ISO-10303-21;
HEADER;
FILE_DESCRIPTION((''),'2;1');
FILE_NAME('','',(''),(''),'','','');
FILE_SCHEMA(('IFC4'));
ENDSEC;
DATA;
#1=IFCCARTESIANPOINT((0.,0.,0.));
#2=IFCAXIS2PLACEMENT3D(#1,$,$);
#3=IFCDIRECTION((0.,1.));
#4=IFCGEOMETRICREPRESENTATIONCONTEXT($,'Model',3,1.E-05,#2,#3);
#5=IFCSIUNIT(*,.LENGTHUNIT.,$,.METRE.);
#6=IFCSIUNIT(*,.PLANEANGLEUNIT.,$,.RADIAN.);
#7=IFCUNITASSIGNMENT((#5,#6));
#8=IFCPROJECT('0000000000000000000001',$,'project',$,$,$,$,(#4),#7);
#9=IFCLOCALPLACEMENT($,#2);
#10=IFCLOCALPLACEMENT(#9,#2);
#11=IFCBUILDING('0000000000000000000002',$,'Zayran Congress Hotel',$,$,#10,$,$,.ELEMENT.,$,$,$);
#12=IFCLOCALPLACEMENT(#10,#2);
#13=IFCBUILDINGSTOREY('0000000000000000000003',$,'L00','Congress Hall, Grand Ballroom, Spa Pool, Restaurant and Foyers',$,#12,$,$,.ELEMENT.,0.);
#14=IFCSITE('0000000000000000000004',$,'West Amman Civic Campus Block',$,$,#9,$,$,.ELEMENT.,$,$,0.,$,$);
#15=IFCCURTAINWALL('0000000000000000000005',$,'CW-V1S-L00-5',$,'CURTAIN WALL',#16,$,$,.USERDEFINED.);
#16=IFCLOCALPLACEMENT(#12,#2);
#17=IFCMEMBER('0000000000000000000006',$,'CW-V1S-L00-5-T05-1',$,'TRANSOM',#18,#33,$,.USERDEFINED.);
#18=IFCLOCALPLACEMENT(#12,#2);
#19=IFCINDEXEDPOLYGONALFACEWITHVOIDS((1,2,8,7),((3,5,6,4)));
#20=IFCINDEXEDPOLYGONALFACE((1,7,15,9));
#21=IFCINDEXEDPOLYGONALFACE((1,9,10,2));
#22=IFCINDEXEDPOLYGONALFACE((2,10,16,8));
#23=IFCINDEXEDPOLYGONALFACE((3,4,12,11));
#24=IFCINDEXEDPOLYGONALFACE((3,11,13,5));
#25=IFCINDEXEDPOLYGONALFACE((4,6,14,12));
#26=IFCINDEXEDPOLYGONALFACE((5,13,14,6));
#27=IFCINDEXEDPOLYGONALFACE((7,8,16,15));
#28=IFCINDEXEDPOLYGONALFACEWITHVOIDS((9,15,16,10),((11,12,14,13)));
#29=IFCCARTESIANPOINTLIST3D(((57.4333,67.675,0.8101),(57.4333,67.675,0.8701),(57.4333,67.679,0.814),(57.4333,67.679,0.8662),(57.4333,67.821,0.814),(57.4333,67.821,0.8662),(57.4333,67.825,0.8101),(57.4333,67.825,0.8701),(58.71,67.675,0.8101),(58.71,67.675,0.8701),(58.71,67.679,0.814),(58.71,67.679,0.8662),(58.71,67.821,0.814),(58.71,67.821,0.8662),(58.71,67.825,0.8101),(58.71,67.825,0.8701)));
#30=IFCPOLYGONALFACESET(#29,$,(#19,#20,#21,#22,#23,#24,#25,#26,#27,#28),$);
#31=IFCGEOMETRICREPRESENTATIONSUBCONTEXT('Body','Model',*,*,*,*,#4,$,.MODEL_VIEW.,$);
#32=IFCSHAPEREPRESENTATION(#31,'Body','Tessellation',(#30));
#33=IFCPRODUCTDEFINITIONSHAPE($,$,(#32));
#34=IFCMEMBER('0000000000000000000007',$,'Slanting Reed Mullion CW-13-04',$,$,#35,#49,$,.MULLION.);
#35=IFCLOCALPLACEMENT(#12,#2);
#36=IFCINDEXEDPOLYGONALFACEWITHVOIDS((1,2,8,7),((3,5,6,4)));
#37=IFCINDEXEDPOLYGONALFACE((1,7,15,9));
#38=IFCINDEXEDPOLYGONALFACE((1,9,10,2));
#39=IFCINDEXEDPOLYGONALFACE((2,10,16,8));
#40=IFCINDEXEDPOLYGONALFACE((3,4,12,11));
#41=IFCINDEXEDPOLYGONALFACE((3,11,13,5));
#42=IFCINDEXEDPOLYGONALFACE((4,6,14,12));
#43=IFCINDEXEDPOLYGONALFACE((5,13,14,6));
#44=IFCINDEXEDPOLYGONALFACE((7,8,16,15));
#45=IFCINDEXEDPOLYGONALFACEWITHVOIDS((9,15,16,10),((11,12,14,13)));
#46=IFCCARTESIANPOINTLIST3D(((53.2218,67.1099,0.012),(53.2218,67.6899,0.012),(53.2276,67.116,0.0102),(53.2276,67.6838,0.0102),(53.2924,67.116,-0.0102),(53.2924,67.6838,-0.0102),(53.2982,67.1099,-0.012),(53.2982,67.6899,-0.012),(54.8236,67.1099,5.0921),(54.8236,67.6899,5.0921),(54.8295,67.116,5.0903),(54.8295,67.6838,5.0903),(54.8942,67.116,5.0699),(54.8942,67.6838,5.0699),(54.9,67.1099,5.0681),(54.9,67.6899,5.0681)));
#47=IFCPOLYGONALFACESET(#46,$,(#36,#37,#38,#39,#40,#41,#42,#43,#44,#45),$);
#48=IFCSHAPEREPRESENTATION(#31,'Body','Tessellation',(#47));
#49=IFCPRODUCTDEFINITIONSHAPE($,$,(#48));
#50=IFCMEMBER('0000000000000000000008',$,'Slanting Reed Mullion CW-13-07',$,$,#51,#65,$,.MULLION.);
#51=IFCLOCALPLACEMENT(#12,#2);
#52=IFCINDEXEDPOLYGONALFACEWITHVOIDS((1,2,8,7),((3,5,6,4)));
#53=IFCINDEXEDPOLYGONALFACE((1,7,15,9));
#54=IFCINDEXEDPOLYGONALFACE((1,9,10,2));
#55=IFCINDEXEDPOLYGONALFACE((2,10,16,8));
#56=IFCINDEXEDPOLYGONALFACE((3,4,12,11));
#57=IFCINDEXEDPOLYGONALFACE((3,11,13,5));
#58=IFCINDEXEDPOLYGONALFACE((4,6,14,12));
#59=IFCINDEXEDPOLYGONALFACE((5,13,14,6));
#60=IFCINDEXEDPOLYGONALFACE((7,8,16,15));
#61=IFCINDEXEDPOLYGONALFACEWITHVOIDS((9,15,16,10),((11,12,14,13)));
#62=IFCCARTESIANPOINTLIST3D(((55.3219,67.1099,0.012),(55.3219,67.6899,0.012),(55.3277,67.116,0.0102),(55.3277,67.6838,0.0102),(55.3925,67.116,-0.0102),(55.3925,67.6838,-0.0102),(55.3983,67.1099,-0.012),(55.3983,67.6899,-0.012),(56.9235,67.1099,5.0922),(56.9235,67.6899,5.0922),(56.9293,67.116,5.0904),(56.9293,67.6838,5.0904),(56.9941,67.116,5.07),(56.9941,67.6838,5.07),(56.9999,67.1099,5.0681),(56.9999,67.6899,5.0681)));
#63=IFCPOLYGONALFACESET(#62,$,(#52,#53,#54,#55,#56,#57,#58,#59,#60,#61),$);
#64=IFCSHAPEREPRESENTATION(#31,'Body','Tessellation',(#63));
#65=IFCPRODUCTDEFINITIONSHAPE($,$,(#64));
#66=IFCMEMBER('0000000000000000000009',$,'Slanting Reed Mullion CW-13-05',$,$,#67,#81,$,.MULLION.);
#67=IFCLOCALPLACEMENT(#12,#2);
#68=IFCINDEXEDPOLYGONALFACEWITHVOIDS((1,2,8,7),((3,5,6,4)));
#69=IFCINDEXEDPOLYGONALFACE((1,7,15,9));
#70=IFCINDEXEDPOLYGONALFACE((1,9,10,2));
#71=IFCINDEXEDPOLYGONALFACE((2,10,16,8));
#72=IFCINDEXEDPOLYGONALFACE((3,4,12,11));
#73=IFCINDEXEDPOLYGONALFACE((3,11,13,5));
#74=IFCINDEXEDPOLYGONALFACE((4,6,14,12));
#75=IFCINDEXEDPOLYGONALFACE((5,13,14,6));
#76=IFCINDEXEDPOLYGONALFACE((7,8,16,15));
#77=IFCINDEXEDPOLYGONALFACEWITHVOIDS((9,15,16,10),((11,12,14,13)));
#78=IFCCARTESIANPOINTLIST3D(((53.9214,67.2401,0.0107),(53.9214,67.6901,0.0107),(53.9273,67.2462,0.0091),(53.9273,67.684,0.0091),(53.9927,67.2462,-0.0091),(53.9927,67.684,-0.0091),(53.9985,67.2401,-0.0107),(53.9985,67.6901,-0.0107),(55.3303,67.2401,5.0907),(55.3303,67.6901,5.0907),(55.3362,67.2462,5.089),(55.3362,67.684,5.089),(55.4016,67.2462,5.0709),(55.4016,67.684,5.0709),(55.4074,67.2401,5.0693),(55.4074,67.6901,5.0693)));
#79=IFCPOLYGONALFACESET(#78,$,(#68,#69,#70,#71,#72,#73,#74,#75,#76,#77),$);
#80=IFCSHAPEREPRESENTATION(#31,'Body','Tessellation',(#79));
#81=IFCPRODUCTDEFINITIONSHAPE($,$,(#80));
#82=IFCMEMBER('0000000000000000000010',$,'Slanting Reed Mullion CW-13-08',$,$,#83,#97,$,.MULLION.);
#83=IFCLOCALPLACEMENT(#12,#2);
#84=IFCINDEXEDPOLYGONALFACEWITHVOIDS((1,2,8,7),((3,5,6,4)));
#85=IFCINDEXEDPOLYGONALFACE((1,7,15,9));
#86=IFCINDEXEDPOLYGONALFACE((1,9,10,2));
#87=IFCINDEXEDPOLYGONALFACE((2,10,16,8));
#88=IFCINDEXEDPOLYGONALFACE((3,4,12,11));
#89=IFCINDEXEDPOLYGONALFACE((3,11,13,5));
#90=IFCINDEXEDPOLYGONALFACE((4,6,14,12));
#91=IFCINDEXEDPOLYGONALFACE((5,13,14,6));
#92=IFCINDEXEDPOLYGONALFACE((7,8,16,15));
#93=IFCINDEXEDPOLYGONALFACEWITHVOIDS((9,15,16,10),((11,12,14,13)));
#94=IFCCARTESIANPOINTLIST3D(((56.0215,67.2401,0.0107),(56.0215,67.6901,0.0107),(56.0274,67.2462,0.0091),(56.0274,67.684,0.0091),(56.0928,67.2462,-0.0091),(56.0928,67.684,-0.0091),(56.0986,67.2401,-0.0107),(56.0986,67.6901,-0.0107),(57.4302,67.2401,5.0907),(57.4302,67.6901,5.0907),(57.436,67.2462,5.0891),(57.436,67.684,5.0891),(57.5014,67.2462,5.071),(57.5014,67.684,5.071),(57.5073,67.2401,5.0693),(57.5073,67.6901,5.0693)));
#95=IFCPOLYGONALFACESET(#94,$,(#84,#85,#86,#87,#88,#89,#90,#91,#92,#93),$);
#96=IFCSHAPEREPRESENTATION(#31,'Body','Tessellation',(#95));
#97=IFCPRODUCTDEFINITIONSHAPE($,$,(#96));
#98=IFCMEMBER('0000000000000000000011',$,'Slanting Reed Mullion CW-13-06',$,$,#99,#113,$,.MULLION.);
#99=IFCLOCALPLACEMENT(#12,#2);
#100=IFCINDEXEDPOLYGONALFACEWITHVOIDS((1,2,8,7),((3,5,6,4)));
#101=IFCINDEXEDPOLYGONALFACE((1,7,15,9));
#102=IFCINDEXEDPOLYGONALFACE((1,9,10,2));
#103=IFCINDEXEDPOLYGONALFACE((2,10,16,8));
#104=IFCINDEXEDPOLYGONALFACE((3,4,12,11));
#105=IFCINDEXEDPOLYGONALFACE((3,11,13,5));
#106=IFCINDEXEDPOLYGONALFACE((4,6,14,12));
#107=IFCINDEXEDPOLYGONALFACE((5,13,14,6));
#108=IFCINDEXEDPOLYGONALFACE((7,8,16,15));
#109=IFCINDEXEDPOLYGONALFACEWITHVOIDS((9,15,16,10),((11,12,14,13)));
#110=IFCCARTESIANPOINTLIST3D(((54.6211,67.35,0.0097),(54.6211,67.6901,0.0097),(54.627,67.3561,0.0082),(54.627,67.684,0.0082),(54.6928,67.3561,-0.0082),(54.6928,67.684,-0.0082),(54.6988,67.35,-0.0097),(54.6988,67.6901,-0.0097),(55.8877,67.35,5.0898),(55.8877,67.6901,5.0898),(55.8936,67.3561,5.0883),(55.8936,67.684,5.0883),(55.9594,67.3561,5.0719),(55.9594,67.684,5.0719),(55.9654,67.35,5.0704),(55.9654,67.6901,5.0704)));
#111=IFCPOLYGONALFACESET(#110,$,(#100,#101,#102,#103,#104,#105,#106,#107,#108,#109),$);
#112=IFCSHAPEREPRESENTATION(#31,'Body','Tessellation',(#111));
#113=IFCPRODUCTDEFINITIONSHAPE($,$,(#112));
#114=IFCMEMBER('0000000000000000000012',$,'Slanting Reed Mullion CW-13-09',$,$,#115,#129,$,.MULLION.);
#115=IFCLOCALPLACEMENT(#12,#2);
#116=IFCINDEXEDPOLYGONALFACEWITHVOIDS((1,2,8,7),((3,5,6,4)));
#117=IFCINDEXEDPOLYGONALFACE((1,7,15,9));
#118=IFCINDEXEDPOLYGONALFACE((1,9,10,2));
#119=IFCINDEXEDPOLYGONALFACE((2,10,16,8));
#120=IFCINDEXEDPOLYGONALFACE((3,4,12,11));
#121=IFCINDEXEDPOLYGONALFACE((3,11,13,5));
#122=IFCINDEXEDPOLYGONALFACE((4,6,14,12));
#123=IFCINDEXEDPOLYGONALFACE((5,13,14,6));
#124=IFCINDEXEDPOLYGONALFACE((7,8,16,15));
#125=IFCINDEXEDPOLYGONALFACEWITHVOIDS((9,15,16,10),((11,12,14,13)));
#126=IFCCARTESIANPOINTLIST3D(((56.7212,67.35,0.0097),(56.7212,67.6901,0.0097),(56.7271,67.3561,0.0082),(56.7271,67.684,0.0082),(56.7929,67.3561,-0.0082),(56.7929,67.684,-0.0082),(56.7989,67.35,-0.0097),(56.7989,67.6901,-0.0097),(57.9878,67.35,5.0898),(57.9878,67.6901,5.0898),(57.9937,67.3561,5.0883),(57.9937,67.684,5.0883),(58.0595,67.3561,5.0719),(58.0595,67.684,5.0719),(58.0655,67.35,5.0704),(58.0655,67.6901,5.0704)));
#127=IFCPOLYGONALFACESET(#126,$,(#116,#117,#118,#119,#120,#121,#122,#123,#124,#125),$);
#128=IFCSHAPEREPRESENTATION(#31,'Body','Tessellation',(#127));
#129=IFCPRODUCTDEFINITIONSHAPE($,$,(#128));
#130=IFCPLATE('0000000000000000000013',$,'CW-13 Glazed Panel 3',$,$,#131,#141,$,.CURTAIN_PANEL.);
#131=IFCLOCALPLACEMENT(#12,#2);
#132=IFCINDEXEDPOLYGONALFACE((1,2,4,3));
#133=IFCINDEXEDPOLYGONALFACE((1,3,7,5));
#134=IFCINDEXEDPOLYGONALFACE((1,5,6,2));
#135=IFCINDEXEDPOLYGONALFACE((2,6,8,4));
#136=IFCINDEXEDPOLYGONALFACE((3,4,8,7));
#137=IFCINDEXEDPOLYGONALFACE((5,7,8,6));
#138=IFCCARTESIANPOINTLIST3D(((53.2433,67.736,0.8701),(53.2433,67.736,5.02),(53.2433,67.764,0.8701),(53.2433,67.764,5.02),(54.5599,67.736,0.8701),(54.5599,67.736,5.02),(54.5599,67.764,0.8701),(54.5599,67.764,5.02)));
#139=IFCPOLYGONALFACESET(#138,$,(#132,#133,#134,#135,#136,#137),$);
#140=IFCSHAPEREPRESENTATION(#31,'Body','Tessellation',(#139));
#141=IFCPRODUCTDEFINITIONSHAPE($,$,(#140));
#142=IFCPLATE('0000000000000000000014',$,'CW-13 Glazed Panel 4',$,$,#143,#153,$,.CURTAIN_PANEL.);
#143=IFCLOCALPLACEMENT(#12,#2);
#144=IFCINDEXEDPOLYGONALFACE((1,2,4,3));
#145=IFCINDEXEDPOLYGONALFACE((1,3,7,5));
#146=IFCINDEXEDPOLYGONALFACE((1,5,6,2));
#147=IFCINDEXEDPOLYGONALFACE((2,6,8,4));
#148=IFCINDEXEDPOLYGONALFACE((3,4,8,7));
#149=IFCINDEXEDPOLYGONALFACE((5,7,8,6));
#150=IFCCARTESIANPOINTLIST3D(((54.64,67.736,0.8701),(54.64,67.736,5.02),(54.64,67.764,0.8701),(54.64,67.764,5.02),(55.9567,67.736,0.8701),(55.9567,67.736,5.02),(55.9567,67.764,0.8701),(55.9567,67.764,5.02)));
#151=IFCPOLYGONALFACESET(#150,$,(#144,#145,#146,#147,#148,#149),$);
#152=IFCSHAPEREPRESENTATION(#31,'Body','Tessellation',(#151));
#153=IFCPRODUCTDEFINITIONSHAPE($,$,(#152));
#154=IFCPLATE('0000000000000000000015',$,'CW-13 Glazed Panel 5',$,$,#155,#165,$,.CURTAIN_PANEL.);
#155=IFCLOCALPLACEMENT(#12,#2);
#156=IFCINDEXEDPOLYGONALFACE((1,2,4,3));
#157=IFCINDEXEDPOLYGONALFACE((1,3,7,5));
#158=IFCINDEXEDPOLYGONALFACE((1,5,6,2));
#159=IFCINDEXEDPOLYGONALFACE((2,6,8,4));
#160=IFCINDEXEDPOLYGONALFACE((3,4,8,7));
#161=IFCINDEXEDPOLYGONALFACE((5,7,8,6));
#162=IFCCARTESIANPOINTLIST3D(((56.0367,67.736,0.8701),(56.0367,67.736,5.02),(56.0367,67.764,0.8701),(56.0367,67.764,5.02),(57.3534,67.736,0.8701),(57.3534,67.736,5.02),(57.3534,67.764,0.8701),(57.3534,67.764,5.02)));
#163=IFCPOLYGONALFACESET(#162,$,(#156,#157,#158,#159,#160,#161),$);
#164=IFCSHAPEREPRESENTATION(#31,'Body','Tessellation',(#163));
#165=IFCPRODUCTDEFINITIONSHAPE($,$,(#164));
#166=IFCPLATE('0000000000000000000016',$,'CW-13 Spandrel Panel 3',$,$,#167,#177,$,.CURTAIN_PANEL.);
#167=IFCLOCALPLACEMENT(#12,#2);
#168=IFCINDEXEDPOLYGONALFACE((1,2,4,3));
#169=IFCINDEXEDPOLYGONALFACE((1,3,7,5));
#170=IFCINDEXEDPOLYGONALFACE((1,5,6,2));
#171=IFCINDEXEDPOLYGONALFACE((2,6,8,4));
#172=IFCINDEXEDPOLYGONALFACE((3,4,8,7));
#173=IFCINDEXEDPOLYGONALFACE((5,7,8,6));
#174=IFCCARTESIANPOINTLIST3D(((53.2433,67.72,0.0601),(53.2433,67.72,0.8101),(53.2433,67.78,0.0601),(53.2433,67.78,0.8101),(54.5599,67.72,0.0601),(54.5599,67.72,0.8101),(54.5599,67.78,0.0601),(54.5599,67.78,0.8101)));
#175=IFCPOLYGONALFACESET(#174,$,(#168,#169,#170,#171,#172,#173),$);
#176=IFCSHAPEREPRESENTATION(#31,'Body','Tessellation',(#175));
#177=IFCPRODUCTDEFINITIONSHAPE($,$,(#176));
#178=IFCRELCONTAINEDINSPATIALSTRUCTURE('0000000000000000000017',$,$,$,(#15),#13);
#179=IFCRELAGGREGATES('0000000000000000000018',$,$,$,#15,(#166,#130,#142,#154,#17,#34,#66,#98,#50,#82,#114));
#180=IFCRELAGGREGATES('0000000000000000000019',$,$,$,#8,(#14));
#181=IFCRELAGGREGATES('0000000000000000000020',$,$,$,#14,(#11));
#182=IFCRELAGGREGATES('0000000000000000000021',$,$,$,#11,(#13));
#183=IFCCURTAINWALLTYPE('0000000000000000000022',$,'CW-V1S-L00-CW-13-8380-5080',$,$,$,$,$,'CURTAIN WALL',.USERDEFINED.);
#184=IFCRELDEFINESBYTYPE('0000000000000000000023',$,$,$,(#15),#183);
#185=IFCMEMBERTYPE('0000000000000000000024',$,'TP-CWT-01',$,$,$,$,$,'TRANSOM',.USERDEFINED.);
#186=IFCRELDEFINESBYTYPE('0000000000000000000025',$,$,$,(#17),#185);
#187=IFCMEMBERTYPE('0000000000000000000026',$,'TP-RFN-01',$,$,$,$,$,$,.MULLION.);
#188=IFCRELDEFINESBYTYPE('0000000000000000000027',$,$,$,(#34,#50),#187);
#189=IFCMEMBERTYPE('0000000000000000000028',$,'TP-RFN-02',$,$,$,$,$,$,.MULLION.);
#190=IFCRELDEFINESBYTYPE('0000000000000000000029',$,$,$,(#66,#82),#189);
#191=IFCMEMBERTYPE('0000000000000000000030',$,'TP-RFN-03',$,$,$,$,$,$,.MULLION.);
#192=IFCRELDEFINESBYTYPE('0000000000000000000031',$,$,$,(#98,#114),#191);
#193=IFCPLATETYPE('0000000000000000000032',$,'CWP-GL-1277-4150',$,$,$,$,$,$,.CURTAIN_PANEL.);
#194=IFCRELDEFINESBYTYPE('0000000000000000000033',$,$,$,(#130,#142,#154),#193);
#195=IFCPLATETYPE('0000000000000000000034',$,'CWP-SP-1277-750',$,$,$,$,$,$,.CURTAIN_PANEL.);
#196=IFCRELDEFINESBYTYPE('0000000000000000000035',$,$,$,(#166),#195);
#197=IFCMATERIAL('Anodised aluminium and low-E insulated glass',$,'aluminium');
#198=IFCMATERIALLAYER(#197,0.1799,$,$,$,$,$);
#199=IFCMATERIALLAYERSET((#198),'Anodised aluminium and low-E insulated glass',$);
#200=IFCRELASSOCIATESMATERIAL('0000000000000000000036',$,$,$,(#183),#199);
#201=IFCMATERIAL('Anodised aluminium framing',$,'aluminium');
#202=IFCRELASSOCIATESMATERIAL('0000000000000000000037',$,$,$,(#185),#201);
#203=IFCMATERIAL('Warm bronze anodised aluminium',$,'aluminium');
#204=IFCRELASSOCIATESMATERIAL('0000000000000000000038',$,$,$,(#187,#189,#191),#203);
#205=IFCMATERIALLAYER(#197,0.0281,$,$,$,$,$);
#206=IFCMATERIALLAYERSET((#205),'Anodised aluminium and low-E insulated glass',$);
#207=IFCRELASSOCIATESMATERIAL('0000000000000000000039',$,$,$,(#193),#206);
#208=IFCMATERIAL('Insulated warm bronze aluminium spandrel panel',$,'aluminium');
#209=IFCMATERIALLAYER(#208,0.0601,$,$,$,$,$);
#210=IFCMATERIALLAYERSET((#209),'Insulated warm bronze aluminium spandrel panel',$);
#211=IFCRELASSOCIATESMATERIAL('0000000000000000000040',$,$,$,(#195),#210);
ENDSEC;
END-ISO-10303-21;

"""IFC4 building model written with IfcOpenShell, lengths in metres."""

from ifc_helpers import new_model, si_unit, direction, frame, origin, origin_2d, place, context, subcontext, project, spatial, rectangle, hollow_rectangle, extrude, material, layer, layer_set, material_profile, profile_set, type_object, element, aggregate, save


model = new_model("IFC4")

# Units and contexts
model_context = context("Model", 3, precision=1e-05, world=origin(), true_north=direction((0.0, 1.0)))
body_context = subcontext(model_context, "Body", "Model", "MODEL_VIEW")
ifc_project = project(units=[si_unit("LENGTHUNIT", "METRE"), si_unit("PLANEANGLEUNIT", "RADIAN")], contexts=[model_context])

# Site, building, storey
site_placement = place(None, origin())
site = spatial("IfcSite", under=ifc_project, at=site_placement, Name="West Amman Civic Campus Block", CompositionType="ELEMENT", RefElevation=0.0)
building_placement = place(site_placement, origin())
building = spatial("IfcBuilding", under=site, at=building_placement, Name="Zayran Congress Hotel", CompositionType="ELEMENT")
storey_placement = place(building_placement, origin())
storey = spatial("IfcBuildingStorey", under=building, at=storey_placement, Name="L00", Description="Congress Hall, Grand Ballroom, Spa Pool, Restaurant and Foyers", CompositionType="ELEMENT", Elevation=0.0)

# Curtain wall, members, plates
ifc_material_1 = material(Name="Anodised aluminium and low-E insulated glass", Category="aluminium")
ifc_layer_1 = layer(ifc_material_1, 0.1799)
ifc_layer_set_1 = layer_set([ifc_layer_1], Name="Anodised aluminium and low-E insulated glass")
curtain_wall_type = type_object("IfcCurtainWallType", Name="CW-V1S-L00-CW-13-8380-5080", ElementType="CURTAIN WALL", PredefinedType="USERDEFINED", material=ifc_layer_set_1)
curtain_wall_placement = place(storey_placement, origin())
curtain_wall = element("IfcCurtainWall", 1, at=curtain_wall_placement, inside=storey, type_object=curtain_wall_type, Name="CW-V1S-L00-5", ObjectType="CURTAIN WALL", PredefinedType="USERDEFINED")
ifc_material_2 = material(Name="Anodised aluminium framing", Category="aluminium")
ifc_material_profile_1 = material_profile(ifc_material_2, hollow_rectangle(XDim=0.0601, YDim=0.1499, WallThickness=0.0039, at=origin_2d()), Name="RHS 150x60x4")
ifc_profile_set_1 = profile_set([ifc_material_profile_1], Name="Anodised aluminium framing")
member_type_1 = type_object("IfcMemberType", Name="TP-CWT-01", ElementType="TRANSOM", PredefinedType="USERDEFINED", material=ifc_profile_set_1)
member_1_placement = place(storey_placement, frame((57.4333, 67.75, 0.8401), z_axis=(1.0, 0.0, 0.0), x_axis=(0.0, 0.0, 1.0)))
member_1 = element("IfcMember", 2, at=member_1_placement, type_object=member_type_1, Name="CW-V1S-L00-5-T05-1", ObjectType="TRANSOM", PredefinedType="USERDEFINED", context=body_context, shape_type="SweptSolid", body=[
    extrude(hollow_rectangle(XDim=0.0601, YDim=0.1499, WallThickness=0.0039, at=origin_2d()), origin(), (0.0, 0.0, 1.0), 1.2766),
])
ifc_material_3 = material(Name="Warm bronze anodised aluminium", Category="aluminium")
ifc_material_profile_2 = material_profile(ifc_material_3, hollow_rectangle(XDim=0.0801, YDim=0.5801, WallThickness=0.0061, at=origin_2d()), Name="RHS 580x80x6")
ifc_profile_set_2 = profile_set([ifc_material_profile_2], Name="Warm bronze anodised aluminium")
member_type_2 = type_object("IfcMemberType", Name="TP-RFN-01", PredefinedType="MULLION", material=ifc_profile_set_2)
member_2_placement = place(storey_placement, frame((53.26, 67.3999, 0.0), z_axis=(0.300717, 0.0, 0.953713), x_axis=(-0.953713, 0.0, 0.300717)))
member_2 = element("IfcMember", 3, at=member_2_placement, type_object=member_type_2, Name="Slanting Reed Mullion CW-13-04", PredefinedType="MULLION", context=body_context, shape_type="SweptSolid", body=[
    extrude(hollow_rectangle(XDim=0.0801, YDim=0.5801, WallThickness=0.0061, at=origin_2d()), origin(), (0.0, 0.0, 1.0), 5.3267),
])
member_3_placement = place(storey_placement, frame((55.3601, 67.3999, 0.0), z_axis=(0.300675, 0.0, 0.953727), x_axis=(-0.953727, 0.0, 0.300675)))
member_3 = element("IfcMember", 4, at=member_3_placement, type_object=member_type_2, Name="Slanting Reed Mullion CW-13-07", PredefinedType="MULLION", context=body_context, shape_type="SweptSolid", body=[
    extrude(hollow_rectangle(XDim=0.0801, YDim=0.5801, WallThickness=0.0061, at=origin_2d()), origin(), (0.0, 0.0, 1.0), 5.3267),
])
ifc_material_profile_3 = material_profile(ifc_material_3, hollow_rectangle(XDim=0.0801, YDim=0.45, WallThickness=0.0061, at=origin_2d()), Name="RHS 450x80x6")
ifc_profile_set_3 = profile_set([ifc_material_profile_3], Name="Warm bronze anodised aluminium")
member_type_3 = type_object("IfcMemberType", Name="TP-RFN-02", PredefinedType="MULLION", material=ifc_profile_set_3)
member_4_placement = place(storey_placement, frame((53.96, 67.4651, 0.0), z_axis=(0.267257, 0.0, 0.963625), x_axis=(-0.963625, 0.0, 0.267257)))
member_4 = element("IfcMember", 5, at=member_4_placement, type_object=member_type_3, Name="Slanting Reed Mullion CW-13-05", PredefinedType="MULLION", context=body_context, shape_type="SweptSolid", body=[
    extrude(hollow_rectangle(XDim=0.0801, YDim=0.45, WallThickness=0.0061, at=origin_2d()), origin(), (0.0, 0.0, 1.0), 5.2717),
])
member_5_placement = place(storey_placement, frame((56.0601, 67.4651, 0.0), z_axis=(0.267214, 0.0, 0.963637), x_axis=(-0.963637, 0.0, 0.267214)))
member_5 = element("IfcMember", 6, at=member_5_placement, type_object=member_type_3, Name="Slanting Reed Mullion CW-13-08", PredefinedType="MULLION", context=body_context, shape_type="SweptSolid", body=[
    extrude(hollow_rectangle(XDim=0.0801, YDim=0.45, WallThickness=0.0061, at=origin_2d()), origin(), (0.0, 0.0, 1.0), 5.2717),
])
ifc_material_profile_4 = material_profile(ifc_material_3, hollow_rectangle(XDim=0.0801, YDim=0.3401, WallThickness=0.0061, at=origin_2d()), Name="RHS 340x80x6")
ifc_profile_set_4 = profile_set([ifc_material_profile_4], Name="Warm bronze anodised aluminium")
member_type_4 = type_object("IfcMemberType", Name="TP-RFN-03", PredefinedType="MULLION", material=ifc_profile_set_4)
member_6_placement = place(storey_placement, frame((54.6599, 67.52, 0.0), z_axis=(0.241921, 0.0, 0.970296), x_axis=(-0.970296, 0.0, 0.241921)))
member_6 = element("IfcMember", 7, at=member_6_placement, type_object=member_type_4, Name="Slanting Reed Mullion CW-13-06", PredefinedType="MULLION", context=body_context, shape_type="SweptSolid", body=[
    extrude(hollow_rectangle(XDim=0.0801, YDim=0.3401, WallThickness=0.0061, at=origin_2d()), origin(), (0.0, 0.0, 1.0), 5.2356),
])
member_7_placement = place(storey_placement, frame((56.76, 67.52, 0.0), z_axis=(0.241921, 0.0, 0.970296), x_axis=(-0.970296, 0.0, 0.241921)))
member_7 = element("IfcMember", 8, at=member_7_placement, type_object=member_type_4, Name="Slanting Reed Mullion CW-13-09", PredefinedType="MULLION", context=body_context, shape_type="SweptSolid", body=[
    extrude(hollow_rectangle(XDim=0.0801, YDim=0.3401, WallThickness=0.0061, at=origin_2d()), origin(), (0.0, 0.0, 1.0), 5.2356),
])
ifc_layer_2 = layer(ifc_material_1, 0.0281)
ifc_layer_set_2 = layer_set([ifc_layer_2], Name="Anodised aluminium and low-E insulated glass")
plate_type_1 = type_object("IfcPlateType", Name="CWP-GL-1277-4150", PredefinedType="CURTAIN_PANEL", material=ifc_layer_set_2)
plate_1_placement = place(storey_placement, frame((53.9016, 67.75, 0.8701), z_axis=(0.0, 0.0, 1.0), x_axis=(1.0, 0.0, 0.0)))
plate_1 = element("IfcPlate", 9, at=plate_1_placement, type_object=plate_type_1, Name="CW-13 Glazed Panel 3", PredefinedType="CURTAIN_PANEL", context=body_context, shape_type="SweptSolid", body=[
    extrude(rectangle(XDim=1.3167, YDim=0.0281, at=origin_2d()), origin(), (0.0, 0.0, 1.0), 4.1499),
])
plate_2_placement = place(storey_placement, frame((55.2983, 67.75, 0.8701), z_axis=(0.0, 0.0, 1.0), x_axis=(1.0, 0.0, 0.0)))
plate_2 = element("IfcPlate", 10, at=plate_2_placement, type_object=plate_type_1, Name="CW-13 Glazed Panel 4", PredefinedType="CURTAIN_PANEL", context=body_context, shape_type="SweptSolid", body=[
    extrude(rectangle(XDim=1.3167, YDim=0.0281, at=origin_2d()), origin(), (0.0, 0.0, 1.0), 4.1499),
])
plate_3_placement = place(storey_placement, frame((56.6951, 67.75, 0.8701), z_axis=(0.0, 0.0, 1.0), x_axis=(1.0, 0.0, 0.0)))
plate_3 = element("IfcPlate", 11, at=plate_3_placement, type_object=plate_type_1, Name="CW-13 Glazed Panel 5", PredefinedType="CURTAIN_PANEL", context=body_context, shape_type="SweptSolid", body=[
    extrude(rectangle(XDim=1.3167, YDim=0.0281, at=origin_2d()), origin(), (0.0, 0.0, 1.0), 4.1499),
])
ifc_material_4 = material(Name="Insulated warm bronze aluminium spandrel panel", Category="aluminium")
ifc_layer_3 = layer(ifc_material_4, 0.0601)
ifc_layer_set_3 = layer_set([ifc_layer_3], Name="Insulated warm bronze aluminium spandrel panel")
plate_type_2 = type_object("IfcPlateType", Name="CWP-SP-1277-750", PredefinedType="CURTAIN_PANEL", material=ifc_layer_set_3)
plate_4_placement = place(storey_placement, frame((53.9016, 67.75, 0.0601), z_axis=(0.0, 0.0, 1.0), x_axis=(1.0, 0.0, 0.0)))
plate_4 = element("IfcPlate", 12, at=plate_4_placement, type_object=plate_type_2, Name="CW-13 Spandrel Panel 3", PredefinedType="CURTAIN_PANEL", context=body_context, shape_type="SweptSolid", body=[
    extrude(rectangle(XDim=1.3167, YDim=0.0601, at=origin_2d()), origin(), (0.0, 0.0, 1.0), 0.75),
])
aggregate(curtain_wall, [plate_4, plate_1, plate_2, plate_3, member_1, member_2, member_4, member_6, member_3, member_5, member_7])

save(model, "model.ifc")
